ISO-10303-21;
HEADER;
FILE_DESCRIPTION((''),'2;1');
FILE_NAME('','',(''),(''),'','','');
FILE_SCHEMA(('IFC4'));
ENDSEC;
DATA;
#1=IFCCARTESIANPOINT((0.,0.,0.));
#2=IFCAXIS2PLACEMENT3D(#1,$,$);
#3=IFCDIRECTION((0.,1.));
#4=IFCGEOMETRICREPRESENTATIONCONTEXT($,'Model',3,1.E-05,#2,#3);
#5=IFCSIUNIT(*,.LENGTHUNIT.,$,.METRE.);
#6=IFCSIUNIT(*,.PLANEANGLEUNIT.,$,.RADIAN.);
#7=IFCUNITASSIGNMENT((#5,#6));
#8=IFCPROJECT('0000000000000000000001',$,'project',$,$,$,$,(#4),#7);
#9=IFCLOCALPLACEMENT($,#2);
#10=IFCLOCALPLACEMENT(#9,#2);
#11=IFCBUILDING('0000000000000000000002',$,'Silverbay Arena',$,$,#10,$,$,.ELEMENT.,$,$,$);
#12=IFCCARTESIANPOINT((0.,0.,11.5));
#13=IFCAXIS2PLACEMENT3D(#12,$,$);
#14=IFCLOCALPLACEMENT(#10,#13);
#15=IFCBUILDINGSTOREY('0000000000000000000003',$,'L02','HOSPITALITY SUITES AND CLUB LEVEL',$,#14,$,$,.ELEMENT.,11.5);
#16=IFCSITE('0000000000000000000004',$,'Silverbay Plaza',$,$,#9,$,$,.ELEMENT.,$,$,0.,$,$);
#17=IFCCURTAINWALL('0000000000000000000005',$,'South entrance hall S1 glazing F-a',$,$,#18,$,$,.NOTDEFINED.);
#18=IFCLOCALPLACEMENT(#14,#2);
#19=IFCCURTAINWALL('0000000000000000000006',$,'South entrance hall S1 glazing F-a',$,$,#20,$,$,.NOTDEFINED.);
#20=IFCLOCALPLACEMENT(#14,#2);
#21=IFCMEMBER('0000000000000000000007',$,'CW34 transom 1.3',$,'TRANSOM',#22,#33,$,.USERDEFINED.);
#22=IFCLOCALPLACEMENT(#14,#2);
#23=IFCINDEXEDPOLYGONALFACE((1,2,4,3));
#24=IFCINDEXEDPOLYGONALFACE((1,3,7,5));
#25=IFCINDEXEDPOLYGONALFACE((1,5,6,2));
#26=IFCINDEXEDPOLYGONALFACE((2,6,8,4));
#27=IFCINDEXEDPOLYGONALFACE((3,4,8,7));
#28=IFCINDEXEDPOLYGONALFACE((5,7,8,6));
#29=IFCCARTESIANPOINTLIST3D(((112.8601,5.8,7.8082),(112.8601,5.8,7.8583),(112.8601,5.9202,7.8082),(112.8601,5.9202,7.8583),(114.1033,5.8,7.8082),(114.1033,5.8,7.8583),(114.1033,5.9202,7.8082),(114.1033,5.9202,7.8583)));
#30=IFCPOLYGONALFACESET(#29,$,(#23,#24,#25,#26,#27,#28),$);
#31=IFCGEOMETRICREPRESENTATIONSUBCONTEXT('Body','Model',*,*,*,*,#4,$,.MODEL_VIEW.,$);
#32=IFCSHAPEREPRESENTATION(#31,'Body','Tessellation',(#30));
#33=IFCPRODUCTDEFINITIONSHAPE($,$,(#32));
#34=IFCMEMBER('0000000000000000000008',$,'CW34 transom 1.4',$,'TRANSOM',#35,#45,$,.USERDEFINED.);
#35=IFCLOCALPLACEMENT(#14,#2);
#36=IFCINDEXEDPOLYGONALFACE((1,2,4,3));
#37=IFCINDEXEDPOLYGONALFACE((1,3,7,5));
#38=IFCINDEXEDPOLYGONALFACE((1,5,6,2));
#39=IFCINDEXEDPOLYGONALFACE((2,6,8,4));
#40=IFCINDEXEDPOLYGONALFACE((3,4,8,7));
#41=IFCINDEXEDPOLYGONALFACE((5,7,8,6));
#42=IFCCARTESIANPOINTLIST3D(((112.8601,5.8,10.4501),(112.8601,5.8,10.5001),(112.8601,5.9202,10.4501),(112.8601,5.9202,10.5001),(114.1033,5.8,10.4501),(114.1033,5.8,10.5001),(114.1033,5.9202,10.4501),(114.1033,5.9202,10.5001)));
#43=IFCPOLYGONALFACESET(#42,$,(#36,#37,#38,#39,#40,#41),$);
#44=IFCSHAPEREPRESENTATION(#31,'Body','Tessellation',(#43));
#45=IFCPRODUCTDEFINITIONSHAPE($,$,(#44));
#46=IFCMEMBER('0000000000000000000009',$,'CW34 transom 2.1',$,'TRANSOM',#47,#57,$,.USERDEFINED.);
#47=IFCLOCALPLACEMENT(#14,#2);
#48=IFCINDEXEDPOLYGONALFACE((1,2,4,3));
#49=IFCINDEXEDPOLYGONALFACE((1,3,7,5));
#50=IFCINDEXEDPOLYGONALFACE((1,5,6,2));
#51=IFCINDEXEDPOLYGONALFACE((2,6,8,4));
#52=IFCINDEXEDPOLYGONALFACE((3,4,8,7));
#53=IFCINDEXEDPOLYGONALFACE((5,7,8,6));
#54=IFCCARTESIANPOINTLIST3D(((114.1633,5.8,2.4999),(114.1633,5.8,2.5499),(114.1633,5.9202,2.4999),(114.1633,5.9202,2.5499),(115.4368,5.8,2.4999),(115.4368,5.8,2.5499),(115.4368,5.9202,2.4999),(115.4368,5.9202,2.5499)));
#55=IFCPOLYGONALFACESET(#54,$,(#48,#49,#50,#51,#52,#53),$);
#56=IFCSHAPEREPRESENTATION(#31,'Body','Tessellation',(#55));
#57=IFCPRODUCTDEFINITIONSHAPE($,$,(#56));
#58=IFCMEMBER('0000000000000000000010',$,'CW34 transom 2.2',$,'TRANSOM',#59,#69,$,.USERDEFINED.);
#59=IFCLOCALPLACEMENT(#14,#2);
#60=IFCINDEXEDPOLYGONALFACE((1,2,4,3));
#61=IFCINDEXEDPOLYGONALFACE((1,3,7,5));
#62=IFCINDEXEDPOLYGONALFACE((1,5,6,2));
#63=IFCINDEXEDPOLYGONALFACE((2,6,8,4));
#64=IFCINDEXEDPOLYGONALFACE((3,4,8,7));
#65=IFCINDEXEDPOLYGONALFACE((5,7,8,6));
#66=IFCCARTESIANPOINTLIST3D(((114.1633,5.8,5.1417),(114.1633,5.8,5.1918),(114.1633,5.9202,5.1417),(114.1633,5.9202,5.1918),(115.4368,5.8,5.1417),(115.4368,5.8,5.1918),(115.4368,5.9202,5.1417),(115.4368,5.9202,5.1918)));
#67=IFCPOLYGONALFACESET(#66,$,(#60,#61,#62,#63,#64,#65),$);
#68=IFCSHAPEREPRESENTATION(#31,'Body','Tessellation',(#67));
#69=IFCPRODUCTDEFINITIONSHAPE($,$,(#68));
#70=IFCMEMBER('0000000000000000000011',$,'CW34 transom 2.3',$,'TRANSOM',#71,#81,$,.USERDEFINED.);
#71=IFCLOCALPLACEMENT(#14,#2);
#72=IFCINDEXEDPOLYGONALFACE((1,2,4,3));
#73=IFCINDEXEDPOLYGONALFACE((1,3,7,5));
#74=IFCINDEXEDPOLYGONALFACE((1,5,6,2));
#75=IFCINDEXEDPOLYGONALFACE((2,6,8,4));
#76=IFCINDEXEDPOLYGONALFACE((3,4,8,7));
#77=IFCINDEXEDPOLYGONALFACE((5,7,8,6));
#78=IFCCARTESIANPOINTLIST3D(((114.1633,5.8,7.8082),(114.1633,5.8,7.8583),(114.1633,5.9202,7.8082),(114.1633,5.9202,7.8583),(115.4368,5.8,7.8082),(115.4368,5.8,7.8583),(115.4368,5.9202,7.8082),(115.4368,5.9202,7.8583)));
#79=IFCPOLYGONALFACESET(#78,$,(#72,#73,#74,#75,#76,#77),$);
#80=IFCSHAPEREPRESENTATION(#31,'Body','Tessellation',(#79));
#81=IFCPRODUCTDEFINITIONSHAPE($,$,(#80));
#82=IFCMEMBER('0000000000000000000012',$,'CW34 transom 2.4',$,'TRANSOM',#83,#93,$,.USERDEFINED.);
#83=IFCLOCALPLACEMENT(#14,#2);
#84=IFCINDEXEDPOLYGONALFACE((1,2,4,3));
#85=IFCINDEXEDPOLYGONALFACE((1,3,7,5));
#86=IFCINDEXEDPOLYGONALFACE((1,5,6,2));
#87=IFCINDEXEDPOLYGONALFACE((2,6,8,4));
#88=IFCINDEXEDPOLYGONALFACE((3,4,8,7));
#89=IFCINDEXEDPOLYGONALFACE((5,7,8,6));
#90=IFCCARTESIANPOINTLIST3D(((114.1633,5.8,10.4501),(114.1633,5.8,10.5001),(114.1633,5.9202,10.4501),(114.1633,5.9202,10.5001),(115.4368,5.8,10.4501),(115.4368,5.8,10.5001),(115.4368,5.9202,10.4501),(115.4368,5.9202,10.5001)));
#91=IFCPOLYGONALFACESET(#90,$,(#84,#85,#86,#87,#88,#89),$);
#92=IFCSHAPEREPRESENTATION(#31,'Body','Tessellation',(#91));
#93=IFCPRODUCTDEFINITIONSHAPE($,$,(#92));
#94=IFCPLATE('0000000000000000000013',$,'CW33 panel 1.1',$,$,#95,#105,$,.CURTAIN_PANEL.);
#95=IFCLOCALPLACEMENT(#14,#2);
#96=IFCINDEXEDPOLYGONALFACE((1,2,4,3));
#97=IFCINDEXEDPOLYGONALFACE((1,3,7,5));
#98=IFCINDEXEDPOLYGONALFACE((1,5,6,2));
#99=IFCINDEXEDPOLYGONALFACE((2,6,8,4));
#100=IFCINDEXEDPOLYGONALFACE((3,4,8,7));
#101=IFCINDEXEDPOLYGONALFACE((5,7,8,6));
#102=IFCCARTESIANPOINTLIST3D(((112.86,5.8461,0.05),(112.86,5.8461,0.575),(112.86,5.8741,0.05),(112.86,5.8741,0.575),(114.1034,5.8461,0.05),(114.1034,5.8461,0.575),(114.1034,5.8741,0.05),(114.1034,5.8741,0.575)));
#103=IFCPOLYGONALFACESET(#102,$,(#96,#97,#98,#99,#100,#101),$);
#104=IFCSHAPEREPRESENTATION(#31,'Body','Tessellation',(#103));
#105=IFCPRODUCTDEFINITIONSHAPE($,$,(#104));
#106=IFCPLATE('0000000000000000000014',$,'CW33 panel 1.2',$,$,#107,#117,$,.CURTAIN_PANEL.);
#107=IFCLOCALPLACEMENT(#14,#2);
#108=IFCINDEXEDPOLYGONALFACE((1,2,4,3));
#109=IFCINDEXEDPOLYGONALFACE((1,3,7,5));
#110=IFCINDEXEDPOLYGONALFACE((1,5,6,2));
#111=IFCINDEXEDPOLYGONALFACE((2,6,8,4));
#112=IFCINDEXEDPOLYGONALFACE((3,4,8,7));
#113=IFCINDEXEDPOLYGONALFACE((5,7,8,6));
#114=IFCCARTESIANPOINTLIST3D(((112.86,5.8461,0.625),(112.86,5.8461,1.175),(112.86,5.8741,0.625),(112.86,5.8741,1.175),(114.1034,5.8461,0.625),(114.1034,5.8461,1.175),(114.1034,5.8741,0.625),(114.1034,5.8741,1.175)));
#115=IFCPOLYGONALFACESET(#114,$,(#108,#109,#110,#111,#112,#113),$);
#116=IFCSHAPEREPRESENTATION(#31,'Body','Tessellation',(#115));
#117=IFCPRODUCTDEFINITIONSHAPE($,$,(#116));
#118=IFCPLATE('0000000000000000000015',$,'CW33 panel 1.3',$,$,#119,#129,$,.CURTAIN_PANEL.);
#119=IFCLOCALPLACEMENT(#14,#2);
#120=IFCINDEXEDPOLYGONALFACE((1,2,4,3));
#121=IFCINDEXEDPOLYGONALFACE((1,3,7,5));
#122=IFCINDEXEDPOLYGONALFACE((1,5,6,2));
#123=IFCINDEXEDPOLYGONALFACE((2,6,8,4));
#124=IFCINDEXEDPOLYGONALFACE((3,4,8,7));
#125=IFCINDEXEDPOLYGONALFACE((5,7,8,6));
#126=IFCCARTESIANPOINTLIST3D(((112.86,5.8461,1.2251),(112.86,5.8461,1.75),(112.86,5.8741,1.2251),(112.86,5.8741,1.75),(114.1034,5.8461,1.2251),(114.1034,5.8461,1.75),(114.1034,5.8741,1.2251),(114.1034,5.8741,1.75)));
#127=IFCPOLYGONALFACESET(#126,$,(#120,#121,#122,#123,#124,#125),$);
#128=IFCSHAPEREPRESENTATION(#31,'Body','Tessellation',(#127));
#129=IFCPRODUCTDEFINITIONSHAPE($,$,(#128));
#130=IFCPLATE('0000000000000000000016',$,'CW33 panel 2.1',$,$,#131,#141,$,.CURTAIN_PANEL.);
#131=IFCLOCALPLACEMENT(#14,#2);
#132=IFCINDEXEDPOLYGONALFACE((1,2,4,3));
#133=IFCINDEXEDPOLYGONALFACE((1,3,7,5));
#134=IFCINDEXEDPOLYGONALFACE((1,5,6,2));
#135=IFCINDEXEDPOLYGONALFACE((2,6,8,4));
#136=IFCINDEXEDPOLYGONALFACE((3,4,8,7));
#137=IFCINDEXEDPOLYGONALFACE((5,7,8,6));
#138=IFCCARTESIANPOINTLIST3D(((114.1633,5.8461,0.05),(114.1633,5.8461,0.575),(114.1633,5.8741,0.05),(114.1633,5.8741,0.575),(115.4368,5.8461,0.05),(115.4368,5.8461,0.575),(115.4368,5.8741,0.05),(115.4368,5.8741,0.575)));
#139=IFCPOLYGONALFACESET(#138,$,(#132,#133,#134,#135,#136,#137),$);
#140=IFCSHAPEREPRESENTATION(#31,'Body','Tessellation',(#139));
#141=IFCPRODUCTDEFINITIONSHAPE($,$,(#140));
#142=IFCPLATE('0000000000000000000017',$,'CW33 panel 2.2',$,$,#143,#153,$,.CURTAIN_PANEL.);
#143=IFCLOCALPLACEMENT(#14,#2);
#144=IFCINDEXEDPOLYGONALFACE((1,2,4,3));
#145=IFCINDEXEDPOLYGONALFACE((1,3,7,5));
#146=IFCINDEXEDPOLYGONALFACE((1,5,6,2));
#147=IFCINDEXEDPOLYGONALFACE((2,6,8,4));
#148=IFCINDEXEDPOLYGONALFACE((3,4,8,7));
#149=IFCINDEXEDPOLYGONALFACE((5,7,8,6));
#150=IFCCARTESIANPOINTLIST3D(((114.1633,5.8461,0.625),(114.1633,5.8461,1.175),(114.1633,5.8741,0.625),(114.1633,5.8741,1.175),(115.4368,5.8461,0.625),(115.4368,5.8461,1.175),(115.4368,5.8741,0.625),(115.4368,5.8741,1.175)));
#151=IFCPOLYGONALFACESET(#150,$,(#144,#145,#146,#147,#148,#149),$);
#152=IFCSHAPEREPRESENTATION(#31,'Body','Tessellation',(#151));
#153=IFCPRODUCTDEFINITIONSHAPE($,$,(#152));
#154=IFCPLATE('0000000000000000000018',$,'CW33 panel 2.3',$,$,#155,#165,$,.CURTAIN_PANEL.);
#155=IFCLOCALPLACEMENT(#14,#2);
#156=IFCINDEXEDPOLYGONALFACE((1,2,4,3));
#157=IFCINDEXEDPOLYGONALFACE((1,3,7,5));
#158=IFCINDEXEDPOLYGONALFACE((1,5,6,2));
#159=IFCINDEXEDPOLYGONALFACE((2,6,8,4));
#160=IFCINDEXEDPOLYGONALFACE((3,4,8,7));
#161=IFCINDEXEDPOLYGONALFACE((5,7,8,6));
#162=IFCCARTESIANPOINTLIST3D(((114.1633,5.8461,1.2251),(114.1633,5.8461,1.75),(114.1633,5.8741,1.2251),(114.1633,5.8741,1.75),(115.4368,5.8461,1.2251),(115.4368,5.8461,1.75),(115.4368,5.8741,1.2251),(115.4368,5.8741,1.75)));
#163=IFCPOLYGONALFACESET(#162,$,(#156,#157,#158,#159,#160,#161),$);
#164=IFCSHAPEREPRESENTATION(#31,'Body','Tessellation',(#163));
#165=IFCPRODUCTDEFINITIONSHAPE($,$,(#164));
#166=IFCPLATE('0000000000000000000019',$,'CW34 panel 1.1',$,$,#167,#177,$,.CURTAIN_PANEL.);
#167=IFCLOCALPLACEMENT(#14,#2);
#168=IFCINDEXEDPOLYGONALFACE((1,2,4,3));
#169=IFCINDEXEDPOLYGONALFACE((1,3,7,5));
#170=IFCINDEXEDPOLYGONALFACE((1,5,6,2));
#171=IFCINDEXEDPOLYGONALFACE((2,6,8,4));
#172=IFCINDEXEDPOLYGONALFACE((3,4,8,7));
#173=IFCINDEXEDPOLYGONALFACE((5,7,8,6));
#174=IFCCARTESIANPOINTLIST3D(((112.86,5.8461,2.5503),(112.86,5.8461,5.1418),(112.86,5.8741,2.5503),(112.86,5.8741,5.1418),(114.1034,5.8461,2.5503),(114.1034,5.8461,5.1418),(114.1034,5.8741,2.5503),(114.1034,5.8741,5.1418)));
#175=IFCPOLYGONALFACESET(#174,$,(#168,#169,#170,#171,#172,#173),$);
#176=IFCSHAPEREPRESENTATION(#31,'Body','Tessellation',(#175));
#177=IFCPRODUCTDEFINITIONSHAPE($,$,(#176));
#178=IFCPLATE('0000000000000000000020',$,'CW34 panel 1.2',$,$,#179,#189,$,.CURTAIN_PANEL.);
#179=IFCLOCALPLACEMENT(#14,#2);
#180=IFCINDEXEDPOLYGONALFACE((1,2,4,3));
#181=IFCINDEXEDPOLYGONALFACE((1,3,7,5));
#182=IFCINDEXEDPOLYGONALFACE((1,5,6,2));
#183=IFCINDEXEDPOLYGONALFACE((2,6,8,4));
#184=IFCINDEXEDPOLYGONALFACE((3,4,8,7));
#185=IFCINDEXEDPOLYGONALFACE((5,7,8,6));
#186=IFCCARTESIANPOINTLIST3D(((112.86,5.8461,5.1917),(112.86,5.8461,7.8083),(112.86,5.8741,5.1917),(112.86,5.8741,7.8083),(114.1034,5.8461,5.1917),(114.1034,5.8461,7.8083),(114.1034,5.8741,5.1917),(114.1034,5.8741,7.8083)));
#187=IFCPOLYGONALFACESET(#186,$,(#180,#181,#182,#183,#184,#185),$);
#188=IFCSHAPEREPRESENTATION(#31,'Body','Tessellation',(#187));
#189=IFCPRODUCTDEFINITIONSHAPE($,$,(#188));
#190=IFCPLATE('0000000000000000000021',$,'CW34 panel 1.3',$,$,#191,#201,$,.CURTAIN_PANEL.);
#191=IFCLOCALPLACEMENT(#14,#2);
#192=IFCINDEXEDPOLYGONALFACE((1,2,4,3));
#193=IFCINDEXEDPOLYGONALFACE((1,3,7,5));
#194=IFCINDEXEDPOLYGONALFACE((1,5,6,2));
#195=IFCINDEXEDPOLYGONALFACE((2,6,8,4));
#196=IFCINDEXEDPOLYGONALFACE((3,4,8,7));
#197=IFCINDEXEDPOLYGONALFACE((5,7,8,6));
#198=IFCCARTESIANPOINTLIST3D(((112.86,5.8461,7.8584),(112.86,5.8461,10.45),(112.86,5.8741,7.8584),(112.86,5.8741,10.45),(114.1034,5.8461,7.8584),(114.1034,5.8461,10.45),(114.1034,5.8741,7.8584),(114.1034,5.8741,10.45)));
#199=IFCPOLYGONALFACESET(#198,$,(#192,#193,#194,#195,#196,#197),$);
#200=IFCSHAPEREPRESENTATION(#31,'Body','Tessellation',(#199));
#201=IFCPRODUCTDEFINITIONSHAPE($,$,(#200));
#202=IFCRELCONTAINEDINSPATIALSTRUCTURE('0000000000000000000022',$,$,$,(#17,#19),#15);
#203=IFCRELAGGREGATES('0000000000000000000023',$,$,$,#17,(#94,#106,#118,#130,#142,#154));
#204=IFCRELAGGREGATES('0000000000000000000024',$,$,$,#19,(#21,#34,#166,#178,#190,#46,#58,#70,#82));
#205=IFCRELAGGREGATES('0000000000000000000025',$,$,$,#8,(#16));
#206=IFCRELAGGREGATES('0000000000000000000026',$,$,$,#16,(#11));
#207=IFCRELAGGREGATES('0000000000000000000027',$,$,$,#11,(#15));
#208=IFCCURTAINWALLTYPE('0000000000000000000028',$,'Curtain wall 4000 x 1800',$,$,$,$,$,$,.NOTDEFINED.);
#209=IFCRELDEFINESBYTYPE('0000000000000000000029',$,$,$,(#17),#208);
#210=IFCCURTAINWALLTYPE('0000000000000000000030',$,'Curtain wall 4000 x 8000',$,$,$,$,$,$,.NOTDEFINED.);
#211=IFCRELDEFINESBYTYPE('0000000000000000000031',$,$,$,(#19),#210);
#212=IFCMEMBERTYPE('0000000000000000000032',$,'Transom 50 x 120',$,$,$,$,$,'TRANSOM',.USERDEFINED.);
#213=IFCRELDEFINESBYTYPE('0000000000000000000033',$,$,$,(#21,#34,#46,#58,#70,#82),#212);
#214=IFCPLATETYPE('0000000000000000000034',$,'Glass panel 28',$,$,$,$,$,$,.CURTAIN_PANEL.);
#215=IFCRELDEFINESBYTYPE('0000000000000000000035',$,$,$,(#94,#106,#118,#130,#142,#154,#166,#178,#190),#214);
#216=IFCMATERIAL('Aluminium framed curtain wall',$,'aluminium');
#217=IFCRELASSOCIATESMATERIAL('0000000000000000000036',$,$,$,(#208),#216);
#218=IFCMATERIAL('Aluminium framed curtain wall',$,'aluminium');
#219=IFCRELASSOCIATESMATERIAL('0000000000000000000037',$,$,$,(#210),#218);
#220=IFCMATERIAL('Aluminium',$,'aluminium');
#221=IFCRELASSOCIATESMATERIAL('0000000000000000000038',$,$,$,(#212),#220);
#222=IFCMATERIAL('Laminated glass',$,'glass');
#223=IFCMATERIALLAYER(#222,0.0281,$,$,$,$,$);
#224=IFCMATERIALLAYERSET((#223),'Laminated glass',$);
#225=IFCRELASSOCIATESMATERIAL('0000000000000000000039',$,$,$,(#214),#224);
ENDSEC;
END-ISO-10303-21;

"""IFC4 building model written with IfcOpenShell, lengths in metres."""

from ifc_helpers import new_model, si_unit, direction, frame, origin, origin_2d, place, context, subcontext, project, spatial, rectangle, extrude, material, layer, layer_set, material_profile, profile_set, type_object, element, aggregate, save


model = new_model("IFC4")

# Units and contexts
model_context = context("Model", 3, precision=1e-05, world=origin(), true_north=direction((0.0, 1.0)))
body_context = subcontext(model_context, "Body", "Model", "MODEL_VIEW")
ifc_project = project(units=[si_unit("LENGTHUNIT", "METRE"), si_unit("PLANEANGLEUNIT", "RADIAN")], contexts=[model_context])

# Site, building, storey
site_placement = place(None, origin())
site = spatial("IfcSite", under=ifc_project, at=site_placement, Name="Silverbay Plaza", CompositionType="ELEMENT", RefElevation=0.0)
building_placement = place(site_placement, origin())
building = spatial("IfcBuilding", under=site, at=building_placement, Name="Silverbay Arena", CompositionType="ELEMENT")
storey_placement = place(building_placement, frame((0.0, 0.0, 11.5)))
storey = spatial("IfcBuildingStorey", under=building, at=storey_placement, Name="L02", Description="HOSPITALITY SUITES AND CLUB LEVEL", CompositionType="ELEMENT", Elevation=11.5)

# Curtain walls
ifc_material_1 = material(Name="Aluminium framed curtain wall", Category="aluminium")
curtain_wall_type_1 = type_object("IfcCurtainWallType", Name="Curtain wall 4000 x 1800", PredefinedType="NOTDEFINED", material=ifc_material_1)
curtain_wall_1_placement = place(storey_placement, origin())
curtain_wall_1 = element("IfcCurtainWall", 1, at=curtain_wall_1_placement, inside=storey, type_object=curtain_wall_type_1, Name="South entrance hall S1 glazing F-a", PredefinedType="NOTDEFINED")
ifc_material_2 = material(Name="Aluminium framed curtain wall", Category="aluminium")
curtain_wall_type_2 = type_object("IfcCurtainWallType", Name="Curtain wall 4000 x 8000", PredefinedType="NOTDEFINED", material=ifc_material_2)
curtain_wall_2_placement = place(storey_placement, origin())
curtain_wall_2 = element("IfcCurtainWall", 2, at=curtain_wall_2_placement, inside=storey, type_object=curtain_wall_type_2, Name="South entrance hall S1 glazing F-a", PredefinedType="NOTDEFINED")

# Members
ifc_material_3 = material(Name="Aluminium", Category="aluminium")
ifc_material_profile_1 = material_profile(ifc_material_3, rectangle(XDim=0.1201, YDim=0.05, at=origin_2d()), Name="Transom 50 x 120")
ifc_profile_set_1 = profile_set([ifc_material_profile_1], Name="Aluminium")
member_type_1 = type_object("IfcMemberType", Name="Transom 50 x 120", ElementType="TRANSOM", PredefinedType="USERDEFINED", material=ifc_profile_set_1)
member_1_placement = place(storey_placement, frame((112.8601, 5.8601, 7.8333), z_axis=(1.0, 0.0, 0.0), x_axis=(0.0, 1.0, 0.0)))
member_1 = element("IfcMember", 3, at=member_1_placement, type_object=member_type_1, Name="CW34 transom 1.3", ObjectType="TRANSOM", PredefinedType="USERDEFINED", context=body_context, shape_type="SweptSolid", body=[
    extrude(rectangle(XDim=0.1201, YDim=0.05, at=origin_2d()), origin(), (0.0, 0.0, 1.0), 1.2432),
])
member_2_placement = place(storey_placement, frame((112.8601, 5.8601, 10.4751), z_axis=(1.0, 0.0, 0.0), x_axis=(0.0, 1.0, 0.0)))
member_2 = element("IfcMember", 4, at=member_2_placement, type_object=member_type_1, Name="CW34 transom 1.4", ObjectType="TRANSOM", PredefinedType="USERDEFINED", context=body_context, shape_type="SweptSolid", body=[
    extrude(rectangle(XDim=0.1201, YDim=0.05, at=origin_2d()), origin(), (0.0, 0.0, 1.0), 1.2432),
])
member_3_placement = place(storey_placement, frame((114.1633, 5.8601, 2.5249), z_axis=(1.0, 0.0, 0.0), x_axis=(0.0, 1.0, 0.0)))
member_3 = element("IfcMember", 5, at=member_3_placement, type_object=member_type_1, Name="CW34 transom 2.1", ObjectType="TRANSOM", PredefinedType="USERDEFINED", context=body_context, shape_type="SweptSolid", body=[
    extrude(rectangle(XDim=0.1201, YDim=0.05, at=origin_2d()), origin(), (0.0, 0.0, 1.0), 1.2734),
])
member_4_placement = place(storey_placement, frame((114.1633, 5.8601, 5.1667), z_axis=(1.0, 0.0, 0.0), x_axis=(0.0, 1.0, 0.0)))
member_4 = element("IfcMember", 6, at=member_4_placement, type_object=member_type_1, Name="CW34 transom 2.2", ObjectType="TRANSOM", PredefinedType="USERDEFINED", context=body_context, shape_type="SweptSolid", body=[
    extrude(rectangle(XDim=0.1201, YDim=0.05, at=origin_2d()), origin(), (0.0, 0.0, 1.0), 1.2734),
])
member_5_placement = place(storey_placement, frame((114.1633, 5.8601, 7.8333), z_axis=(1.0, 0.0, 0.0), x_axis=(0.0, 1.0, 0.0)))
member_5 = element("IfcMember", 7, at=member_5_placement, type_object=member_type_1, Name="CW34 transom 2.3", ObjectType="TRANSOM", PredefinedType="USERDEFINED", context=body_context, shape_type="SweptSolid", body=[
    extrude(rectangle(XDim=0.1201, YDim=0.05, at=origin_2d()), origin(), (0.0, 0.0, 1.0), 1.2734),
])
member_6_placement = place(storey_placement, frame((114.1633, 5.8601, 10.4751), z_axis=(1.0, 0.0, 0.0), x_axis=(0.0, 1.0, 0.0)))
member_6 = element("IfcMember", 8, at=member_6_placement, type_object=member_type_1, Name="CW34 transom 2.4", ObjectType="TRANSOM", PredefinedType="USERDEFINED", context=body_context, shape_type="SweptSolid", body=[
    extrude(rectangle(XDim=0.1201, YDim=0.05, at=origin_2d()), origin(), (0.0, 0.0, 1.0), 1.2734),
])

# Plates
ifc_material_4 = material(Name="Laminated glass", Category="glass")
ifc_layer = layer(ifc_material_4, 0.0281)
ifc_layer_set = layer_set([ifc_layer], Name="Laminated glass")
plate_type = type_object("IfcPlateType", Name="Glass panel 28", PredefinedType="CURTAIN_PANEL", material=ifc_layer_set)
plate_1_placement = place(storey_placement, frame((113.4817, 5.8601, 0.05), z_axis=(0.0, 0.0, 1.0), x_axis=(1.0, 0.0, 0.0)))
plate_1 = element("IfcPlate", 9, at=plate_1_placement, type_object=plate_type, Name="CW33 panel 1.1", PredefinedType="CURTAIN_PANEL", context=body_context, shape_type="SweptSolid", body=[
    extrude(rectangle(XDim=1.2434, YDim=0.0281, at=origin_2d()), origin(), (0.0, 0.0, 1.0), 0.5249),
])
plate_2_placement = place(storey_placement, frame((113.4817, 5.8601, 0.625), z_axis=(0.0, 0.0, 1.0), x_axis=(1.0, 0.0, 0.0)))
plate_2 = element("IfcPlate", 10, at=plate_2_placement, type_object=plate_type, Name="CW33 panel 1.2", PredefinedType="CURTAIN_PANEL", context=body_context, shape_type="SweptSolid", body=[
    extrude(rectangle(XDim=1.2434, YDim=0.0281, at=origin_2d()), origin(), (0.0, 0.0, 1.0), 0.55),
])
plate_3_placement = place(storey_placement, frame((113.4817, 5.8601, 1.2251), z_axis=(0.0, 0.0, 1.0), x_axis=(1.0, 0.0, 0.0)))
plate_3 = element("IfcPlate", 11, at=plate_3_placement, type_object=plate_type, Name="CW33 panel 1.3", PredefinedType="CURTAIN_PANEL", context=body_context, shape_type="SweptSolid", body=[
    extrude(rectangle(XDim=1.2434, YDim=0.0281, at=origin_2d()), origin(), (0.0, 0.0, 1.0), 0.5249),
])
plate_4_placement = place(storey_placement, frame((114.8, 5.8601, 0.05), z_axis=(0.0, 0.0, 1.0), x_axis=(1.0, 0.0, 0.0)))
plate_4 = element("IfcPlate", 12, at=plate_4_placement, type_object=plate_type, Name="CW33 panel 2.1", PredefinedType="CURTAIN_PANEL", context=body_context, shape_type="SweptSolid", body=[
    extrude(rectangle(XDim=1.2734, YDim=0.0281, at=origin_2d()), origin(), (0.0, 0.0, 1.0), 0.5249),
])
plate_5_placement = place(storey_placement, frame((114.8, 5.8601, 0.625), z_axis=(0.0, 0.0, 1.0), x_axis=(1.0, 0.0, 0.0)))
plate_5 = element("IfcPlate", 13, at=plate_5_placement, type_object=plate_type, Name="CW33 panel 2.2", PredefinedType="CURTAIN_PANEL", context=body_context, shape_type="SweptSolid", body=[
    extrude(rectangle(XDim=1.2734, YDim=0.0281, at=origin_2d()), origin(), (0.0, 0.0, 1.0), 0.55),
])
plate_6_placement = place(storey_placement, frame((114.8, 5.8601, 1.2251), z_axis=(0.0, 0.0, 1.0), x_axis=(1.0, 0.0, 0.0)))
plate_6 = element("IfcPlate", 14, at=plate_6_placement, type_object=plate_type, Name="CW33 panel 2.3", PredefinedType="CURTAIN_PANEL", context=body_context, shape_type="SweptSolid", body=[
    extrude(rectangle(XDim=1.2734, YDim=0.0281, at=origin_2d()), origin(), (0.0, 0.0, 1.0), 0.5249),
])
aggregate(curtain_wall_1, [plate_1, plate_2, plate_3, plate_4, plate_5, plate_6])
plate_7_placement = place(storey_placement, frame((113.4817, 5.8601, 2.5503), z_axis=(0.0, 0.0, 1.0), x_axis=(1.0, 0.0, 0.0)))
plate_7 = element("IfcPlate", 15, at=plate_7_placement, type_object=plate_type, Name="CW34 panel 1.1", PredefinedType="CURTAIN_PANEL", context=body_context, shape_type="SweptSolid", body=[
    extrude(rectangle(XDim=1.2434, YDim=0.0281, at=origin_2d()), origin(), (0.0, 0.0, 1.0), 2.5916),
])
plate_8_placement = place(storey_placement, frame((113.4817, 5.8601, 5.1917), z_axis=(0.0, 0.0, 1.0), x_axis=(1.0, 0.0, 0.0)))
plate_8 = element("IfcPlate", 16, at=plate_8_placement, type_object=plate_type, Name="CW34 panel 1.2", PredefinedType="CURTAIN_PANEL", context=body_context, shape_type="SweptSolid", body=[
    extrude(rectangle(XDim=1.2434, YDim=0.0281, at=origin_2d()), origin(), (0.0, 0.0, 1.0), 2.6167),
])
plate_9_placement = place(storey_placement, frame((113.4817, 5.8601, 7.8584), z_axis=(0.0, 0.0, 1.0), x_axis=(1.0, 0.0, 0.0)))
plate_9 = element("IfcPlate", 17, at=plate_9_placement, type_object=plate_type, Name="CW34 panel 1.3", PredefinedType="CURTAIN_PANEL", context=body_context, shape_type="SweptSolid", body=[
    extrude(rectangle(XDim=1.2434, YDim=0.0281, at=origin_2d()), origin(), (0.0, 0.0, 1.0), 2.5916),
])
aggregate(curtain_wall_2, [member_1, member_2, plate_7, plate_8, plate_9, member_3, member_4, member_5, member_6])

save(model, "model.ifc")
